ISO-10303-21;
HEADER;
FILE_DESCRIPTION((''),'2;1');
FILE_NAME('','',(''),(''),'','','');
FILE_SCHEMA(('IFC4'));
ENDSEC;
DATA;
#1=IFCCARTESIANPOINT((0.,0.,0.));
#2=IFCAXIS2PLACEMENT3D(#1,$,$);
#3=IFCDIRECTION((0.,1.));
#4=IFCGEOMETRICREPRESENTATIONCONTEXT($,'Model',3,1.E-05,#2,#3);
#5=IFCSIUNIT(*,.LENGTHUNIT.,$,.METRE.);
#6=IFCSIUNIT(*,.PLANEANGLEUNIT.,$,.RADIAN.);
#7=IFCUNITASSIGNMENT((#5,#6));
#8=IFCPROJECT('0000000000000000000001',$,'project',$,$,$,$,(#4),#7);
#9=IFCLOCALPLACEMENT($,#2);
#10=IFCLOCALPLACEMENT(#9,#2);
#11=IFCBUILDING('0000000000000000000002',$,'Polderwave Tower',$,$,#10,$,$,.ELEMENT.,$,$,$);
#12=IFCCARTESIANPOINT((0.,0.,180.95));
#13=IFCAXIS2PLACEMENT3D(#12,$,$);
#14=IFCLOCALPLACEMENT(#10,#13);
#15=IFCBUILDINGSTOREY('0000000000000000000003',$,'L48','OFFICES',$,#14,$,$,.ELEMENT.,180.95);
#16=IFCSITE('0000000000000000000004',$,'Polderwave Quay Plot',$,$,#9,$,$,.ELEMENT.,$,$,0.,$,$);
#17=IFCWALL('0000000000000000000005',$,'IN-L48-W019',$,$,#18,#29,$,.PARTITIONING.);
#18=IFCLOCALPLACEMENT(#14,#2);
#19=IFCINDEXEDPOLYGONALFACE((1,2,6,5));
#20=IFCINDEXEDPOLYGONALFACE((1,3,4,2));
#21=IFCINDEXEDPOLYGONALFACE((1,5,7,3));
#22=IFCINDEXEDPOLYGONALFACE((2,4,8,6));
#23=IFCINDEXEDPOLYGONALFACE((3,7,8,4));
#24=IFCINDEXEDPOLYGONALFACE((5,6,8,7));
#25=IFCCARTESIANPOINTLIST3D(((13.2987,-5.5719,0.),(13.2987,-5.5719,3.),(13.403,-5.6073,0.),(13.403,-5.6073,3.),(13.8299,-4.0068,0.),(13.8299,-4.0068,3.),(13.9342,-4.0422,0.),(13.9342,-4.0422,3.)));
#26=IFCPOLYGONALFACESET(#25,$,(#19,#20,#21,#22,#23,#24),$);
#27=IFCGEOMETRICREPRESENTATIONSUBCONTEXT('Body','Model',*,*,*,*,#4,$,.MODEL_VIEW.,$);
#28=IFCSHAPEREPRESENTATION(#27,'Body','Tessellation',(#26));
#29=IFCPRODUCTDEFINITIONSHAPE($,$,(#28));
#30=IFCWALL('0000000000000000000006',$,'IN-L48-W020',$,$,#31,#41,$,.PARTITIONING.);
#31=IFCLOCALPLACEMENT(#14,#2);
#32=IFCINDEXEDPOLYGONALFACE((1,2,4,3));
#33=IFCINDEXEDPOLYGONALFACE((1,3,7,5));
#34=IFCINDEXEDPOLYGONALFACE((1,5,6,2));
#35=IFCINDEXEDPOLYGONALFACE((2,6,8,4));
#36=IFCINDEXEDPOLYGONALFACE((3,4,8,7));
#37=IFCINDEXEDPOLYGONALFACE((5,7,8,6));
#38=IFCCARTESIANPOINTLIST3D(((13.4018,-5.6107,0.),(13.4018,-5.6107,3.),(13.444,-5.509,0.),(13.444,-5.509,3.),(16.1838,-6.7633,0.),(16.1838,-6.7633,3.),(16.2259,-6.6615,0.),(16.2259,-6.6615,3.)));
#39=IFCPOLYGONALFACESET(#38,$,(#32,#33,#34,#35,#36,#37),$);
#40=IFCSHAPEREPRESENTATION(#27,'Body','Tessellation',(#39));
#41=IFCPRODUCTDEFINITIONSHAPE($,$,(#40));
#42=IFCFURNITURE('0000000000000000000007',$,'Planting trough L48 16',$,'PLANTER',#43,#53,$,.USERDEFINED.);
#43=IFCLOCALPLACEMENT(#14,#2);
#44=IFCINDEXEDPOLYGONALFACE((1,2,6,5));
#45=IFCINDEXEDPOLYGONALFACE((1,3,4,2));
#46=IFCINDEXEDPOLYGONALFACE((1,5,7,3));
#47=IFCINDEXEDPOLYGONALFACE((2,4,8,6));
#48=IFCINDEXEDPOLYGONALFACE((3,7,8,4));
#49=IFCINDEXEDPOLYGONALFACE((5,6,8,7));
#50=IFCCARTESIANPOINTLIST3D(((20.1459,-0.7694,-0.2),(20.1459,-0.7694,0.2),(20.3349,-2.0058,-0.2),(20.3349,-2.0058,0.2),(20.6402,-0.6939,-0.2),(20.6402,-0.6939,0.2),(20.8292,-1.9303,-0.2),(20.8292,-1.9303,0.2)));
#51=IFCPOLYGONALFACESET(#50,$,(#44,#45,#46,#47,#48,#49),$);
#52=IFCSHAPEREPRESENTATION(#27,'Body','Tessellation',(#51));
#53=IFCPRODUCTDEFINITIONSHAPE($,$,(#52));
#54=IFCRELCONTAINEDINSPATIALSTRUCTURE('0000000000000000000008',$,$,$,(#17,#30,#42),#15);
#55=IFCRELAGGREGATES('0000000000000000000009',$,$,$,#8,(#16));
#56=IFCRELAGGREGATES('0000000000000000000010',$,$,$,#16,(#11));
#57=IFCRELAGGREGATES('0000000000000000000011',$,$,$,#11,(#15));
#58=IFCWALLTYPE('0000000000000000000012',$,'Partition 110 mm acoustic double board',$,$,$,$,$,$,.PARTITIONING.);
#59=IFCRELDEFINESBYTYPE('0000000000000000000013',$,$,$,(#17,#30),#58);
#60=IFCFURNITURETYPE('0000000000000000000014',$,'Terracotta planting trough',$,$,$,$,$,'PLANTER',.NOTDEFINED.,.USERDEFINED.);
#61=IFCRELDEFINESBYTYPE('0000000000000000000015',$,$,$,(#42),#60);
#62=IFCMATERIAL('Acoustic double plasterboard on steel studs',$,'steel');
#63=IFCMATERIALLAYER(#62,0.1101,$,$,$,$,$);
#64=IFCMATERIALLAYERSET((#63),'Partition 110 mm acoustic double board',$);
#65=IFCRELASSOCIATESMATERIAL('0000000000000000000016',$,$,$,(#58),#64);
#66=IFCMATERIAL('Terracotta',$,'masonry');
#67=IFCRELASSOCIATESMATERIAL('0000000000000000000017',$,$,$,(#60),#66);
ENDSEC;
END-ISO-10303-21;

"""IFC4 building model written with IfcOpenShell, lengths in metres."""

from ifc_helpers import new_model, si_unit, direction, frame, frame_2d, origin, origin_2d, place, context, subcontext, project, spatial, rectangle, extrude, material, layer, layer_set, type_object, element, save


model = new_model("IFC4")

# Units and contexts
model_context = context("Model", 3, precision=1e-05, world=origin(), true_north=direction((0.0, 1.0)))
body_context = subcontext(model_context, "Body", "Model", "MODEL_VIEW")
ifc_project = project(units=[si_unit("LENGTHUNIT", "METRE"), si_unit("PLANEANGLEUNIT", "RADIAN")], contexts=[model_context])

# Site, building, storey
site_placement = place(None, origin())
site = spatial("IfcSite", under=ifc_project, at=site_placement, Name="Polderwave Quay Plot", CompositionType="ELEMENT", RefElevation=0.0)
building_placement = place(site_placement, origin())
building = spatial("IfcBuilding", under=site, at=building_placement, Name="Polderwave Tower", CompositionType="ELEMENT")
storey_placement = place(building_placement, frame((0.0, 0.0, 180.95)))
storey = spatial("IfcBuildingStorey", under=building, at=storey_placement, Name="L48", Description="OFFICES", CompositionType="ELEMENT", Elevation=180.95)

# Walls
ifc_material_1 = material(Name="Acoustic double plasterboard on steel studs", Category="steel")
ifc_layer_1 = layer(ifc_material_1, 0.1101)
ifc_layer_set_1 = layer_set([ifc_layer_1], Name="Partition 110 mm acoustic double board")
wall_type_1 = type_object("IfcWallType", Name="Partition 110 mm acoustic double board", PredefinedType="PARTITIONING", material=ifc_layer_set_1)
wall_1_placement = place(storey_placement, frame((13.3508, -5.5896, 0.0), z_axis=(0.0, 0.0, 1.0), x_axis=(0.321408, 0.946941, 0.0)))
element("IfcWall", 1, at=wall_1_placement, inside=storey, type_object=wall_type_1, Name="IN-L48-W019", PredefinedType="PARTITIONING", context=body_context, shape_type="SweptSolid", body=[
    extrude(rectangle(XDim=1.6528, YDim=0.1101, at=frame_2d((0.8264, 0.0))), origin(), (0.0, 0.0, 1.0), 3.0),
])
wall_2_placement = place(storey_placement, frame((16.2048, -6.7124, 0.0), z_axis=(0.0, 0.0, 1.0), x_axis=(-0.92385, 0.382755, 0.0)))
element("IfcWall", 2, at=wall_2_placement, inside=storey, type_object=wall_type_1, Name="IN-L48-W020", PredefinedType="PARTITIONING", context=body_context, shape_type="SweptSolid", body=[
    extrude(rectangle(XDim=3.0112, YDim=0.1101, at=frame_2d((1.5056, 0.0))), origin(), (0.0, 0.0, 1.0), 3.0),
])

# Furniture
ifc_material_2 = material(Name="Terracotta", Category="masonry")
furniture_type = type_object("IfcFurnitureType", Name="Terracotta planting trough", ElementType="PLANTER", AssemblyPlace="NOTDEFINED", PredefinedType="USERDEFINED", material=ifc_material_2)
furniture_placement = place(storey_placement, frame((20.4875, -1.3499, -0.2), z_axis=(0.0, 0.0, 1.0), x_axis=(-0.151112, 0.988517, 0.0)))
element("IfcFurniture", 3, at=furniture_placement, inside=storey, type_object=furniture_type, Name="Planting trough L48 16", ObjectType="PLANTER", PredefinedType="USERDEFINED", context=body_context, shape_type="SweptSolid", body=[
    extrude(rectangle(XDim=1.2507, YDim=0.5, at=origin_2d()), origin(), (0.0, 0.0, 1.0), 0.3999),
])

save(model, "model.ifc")
